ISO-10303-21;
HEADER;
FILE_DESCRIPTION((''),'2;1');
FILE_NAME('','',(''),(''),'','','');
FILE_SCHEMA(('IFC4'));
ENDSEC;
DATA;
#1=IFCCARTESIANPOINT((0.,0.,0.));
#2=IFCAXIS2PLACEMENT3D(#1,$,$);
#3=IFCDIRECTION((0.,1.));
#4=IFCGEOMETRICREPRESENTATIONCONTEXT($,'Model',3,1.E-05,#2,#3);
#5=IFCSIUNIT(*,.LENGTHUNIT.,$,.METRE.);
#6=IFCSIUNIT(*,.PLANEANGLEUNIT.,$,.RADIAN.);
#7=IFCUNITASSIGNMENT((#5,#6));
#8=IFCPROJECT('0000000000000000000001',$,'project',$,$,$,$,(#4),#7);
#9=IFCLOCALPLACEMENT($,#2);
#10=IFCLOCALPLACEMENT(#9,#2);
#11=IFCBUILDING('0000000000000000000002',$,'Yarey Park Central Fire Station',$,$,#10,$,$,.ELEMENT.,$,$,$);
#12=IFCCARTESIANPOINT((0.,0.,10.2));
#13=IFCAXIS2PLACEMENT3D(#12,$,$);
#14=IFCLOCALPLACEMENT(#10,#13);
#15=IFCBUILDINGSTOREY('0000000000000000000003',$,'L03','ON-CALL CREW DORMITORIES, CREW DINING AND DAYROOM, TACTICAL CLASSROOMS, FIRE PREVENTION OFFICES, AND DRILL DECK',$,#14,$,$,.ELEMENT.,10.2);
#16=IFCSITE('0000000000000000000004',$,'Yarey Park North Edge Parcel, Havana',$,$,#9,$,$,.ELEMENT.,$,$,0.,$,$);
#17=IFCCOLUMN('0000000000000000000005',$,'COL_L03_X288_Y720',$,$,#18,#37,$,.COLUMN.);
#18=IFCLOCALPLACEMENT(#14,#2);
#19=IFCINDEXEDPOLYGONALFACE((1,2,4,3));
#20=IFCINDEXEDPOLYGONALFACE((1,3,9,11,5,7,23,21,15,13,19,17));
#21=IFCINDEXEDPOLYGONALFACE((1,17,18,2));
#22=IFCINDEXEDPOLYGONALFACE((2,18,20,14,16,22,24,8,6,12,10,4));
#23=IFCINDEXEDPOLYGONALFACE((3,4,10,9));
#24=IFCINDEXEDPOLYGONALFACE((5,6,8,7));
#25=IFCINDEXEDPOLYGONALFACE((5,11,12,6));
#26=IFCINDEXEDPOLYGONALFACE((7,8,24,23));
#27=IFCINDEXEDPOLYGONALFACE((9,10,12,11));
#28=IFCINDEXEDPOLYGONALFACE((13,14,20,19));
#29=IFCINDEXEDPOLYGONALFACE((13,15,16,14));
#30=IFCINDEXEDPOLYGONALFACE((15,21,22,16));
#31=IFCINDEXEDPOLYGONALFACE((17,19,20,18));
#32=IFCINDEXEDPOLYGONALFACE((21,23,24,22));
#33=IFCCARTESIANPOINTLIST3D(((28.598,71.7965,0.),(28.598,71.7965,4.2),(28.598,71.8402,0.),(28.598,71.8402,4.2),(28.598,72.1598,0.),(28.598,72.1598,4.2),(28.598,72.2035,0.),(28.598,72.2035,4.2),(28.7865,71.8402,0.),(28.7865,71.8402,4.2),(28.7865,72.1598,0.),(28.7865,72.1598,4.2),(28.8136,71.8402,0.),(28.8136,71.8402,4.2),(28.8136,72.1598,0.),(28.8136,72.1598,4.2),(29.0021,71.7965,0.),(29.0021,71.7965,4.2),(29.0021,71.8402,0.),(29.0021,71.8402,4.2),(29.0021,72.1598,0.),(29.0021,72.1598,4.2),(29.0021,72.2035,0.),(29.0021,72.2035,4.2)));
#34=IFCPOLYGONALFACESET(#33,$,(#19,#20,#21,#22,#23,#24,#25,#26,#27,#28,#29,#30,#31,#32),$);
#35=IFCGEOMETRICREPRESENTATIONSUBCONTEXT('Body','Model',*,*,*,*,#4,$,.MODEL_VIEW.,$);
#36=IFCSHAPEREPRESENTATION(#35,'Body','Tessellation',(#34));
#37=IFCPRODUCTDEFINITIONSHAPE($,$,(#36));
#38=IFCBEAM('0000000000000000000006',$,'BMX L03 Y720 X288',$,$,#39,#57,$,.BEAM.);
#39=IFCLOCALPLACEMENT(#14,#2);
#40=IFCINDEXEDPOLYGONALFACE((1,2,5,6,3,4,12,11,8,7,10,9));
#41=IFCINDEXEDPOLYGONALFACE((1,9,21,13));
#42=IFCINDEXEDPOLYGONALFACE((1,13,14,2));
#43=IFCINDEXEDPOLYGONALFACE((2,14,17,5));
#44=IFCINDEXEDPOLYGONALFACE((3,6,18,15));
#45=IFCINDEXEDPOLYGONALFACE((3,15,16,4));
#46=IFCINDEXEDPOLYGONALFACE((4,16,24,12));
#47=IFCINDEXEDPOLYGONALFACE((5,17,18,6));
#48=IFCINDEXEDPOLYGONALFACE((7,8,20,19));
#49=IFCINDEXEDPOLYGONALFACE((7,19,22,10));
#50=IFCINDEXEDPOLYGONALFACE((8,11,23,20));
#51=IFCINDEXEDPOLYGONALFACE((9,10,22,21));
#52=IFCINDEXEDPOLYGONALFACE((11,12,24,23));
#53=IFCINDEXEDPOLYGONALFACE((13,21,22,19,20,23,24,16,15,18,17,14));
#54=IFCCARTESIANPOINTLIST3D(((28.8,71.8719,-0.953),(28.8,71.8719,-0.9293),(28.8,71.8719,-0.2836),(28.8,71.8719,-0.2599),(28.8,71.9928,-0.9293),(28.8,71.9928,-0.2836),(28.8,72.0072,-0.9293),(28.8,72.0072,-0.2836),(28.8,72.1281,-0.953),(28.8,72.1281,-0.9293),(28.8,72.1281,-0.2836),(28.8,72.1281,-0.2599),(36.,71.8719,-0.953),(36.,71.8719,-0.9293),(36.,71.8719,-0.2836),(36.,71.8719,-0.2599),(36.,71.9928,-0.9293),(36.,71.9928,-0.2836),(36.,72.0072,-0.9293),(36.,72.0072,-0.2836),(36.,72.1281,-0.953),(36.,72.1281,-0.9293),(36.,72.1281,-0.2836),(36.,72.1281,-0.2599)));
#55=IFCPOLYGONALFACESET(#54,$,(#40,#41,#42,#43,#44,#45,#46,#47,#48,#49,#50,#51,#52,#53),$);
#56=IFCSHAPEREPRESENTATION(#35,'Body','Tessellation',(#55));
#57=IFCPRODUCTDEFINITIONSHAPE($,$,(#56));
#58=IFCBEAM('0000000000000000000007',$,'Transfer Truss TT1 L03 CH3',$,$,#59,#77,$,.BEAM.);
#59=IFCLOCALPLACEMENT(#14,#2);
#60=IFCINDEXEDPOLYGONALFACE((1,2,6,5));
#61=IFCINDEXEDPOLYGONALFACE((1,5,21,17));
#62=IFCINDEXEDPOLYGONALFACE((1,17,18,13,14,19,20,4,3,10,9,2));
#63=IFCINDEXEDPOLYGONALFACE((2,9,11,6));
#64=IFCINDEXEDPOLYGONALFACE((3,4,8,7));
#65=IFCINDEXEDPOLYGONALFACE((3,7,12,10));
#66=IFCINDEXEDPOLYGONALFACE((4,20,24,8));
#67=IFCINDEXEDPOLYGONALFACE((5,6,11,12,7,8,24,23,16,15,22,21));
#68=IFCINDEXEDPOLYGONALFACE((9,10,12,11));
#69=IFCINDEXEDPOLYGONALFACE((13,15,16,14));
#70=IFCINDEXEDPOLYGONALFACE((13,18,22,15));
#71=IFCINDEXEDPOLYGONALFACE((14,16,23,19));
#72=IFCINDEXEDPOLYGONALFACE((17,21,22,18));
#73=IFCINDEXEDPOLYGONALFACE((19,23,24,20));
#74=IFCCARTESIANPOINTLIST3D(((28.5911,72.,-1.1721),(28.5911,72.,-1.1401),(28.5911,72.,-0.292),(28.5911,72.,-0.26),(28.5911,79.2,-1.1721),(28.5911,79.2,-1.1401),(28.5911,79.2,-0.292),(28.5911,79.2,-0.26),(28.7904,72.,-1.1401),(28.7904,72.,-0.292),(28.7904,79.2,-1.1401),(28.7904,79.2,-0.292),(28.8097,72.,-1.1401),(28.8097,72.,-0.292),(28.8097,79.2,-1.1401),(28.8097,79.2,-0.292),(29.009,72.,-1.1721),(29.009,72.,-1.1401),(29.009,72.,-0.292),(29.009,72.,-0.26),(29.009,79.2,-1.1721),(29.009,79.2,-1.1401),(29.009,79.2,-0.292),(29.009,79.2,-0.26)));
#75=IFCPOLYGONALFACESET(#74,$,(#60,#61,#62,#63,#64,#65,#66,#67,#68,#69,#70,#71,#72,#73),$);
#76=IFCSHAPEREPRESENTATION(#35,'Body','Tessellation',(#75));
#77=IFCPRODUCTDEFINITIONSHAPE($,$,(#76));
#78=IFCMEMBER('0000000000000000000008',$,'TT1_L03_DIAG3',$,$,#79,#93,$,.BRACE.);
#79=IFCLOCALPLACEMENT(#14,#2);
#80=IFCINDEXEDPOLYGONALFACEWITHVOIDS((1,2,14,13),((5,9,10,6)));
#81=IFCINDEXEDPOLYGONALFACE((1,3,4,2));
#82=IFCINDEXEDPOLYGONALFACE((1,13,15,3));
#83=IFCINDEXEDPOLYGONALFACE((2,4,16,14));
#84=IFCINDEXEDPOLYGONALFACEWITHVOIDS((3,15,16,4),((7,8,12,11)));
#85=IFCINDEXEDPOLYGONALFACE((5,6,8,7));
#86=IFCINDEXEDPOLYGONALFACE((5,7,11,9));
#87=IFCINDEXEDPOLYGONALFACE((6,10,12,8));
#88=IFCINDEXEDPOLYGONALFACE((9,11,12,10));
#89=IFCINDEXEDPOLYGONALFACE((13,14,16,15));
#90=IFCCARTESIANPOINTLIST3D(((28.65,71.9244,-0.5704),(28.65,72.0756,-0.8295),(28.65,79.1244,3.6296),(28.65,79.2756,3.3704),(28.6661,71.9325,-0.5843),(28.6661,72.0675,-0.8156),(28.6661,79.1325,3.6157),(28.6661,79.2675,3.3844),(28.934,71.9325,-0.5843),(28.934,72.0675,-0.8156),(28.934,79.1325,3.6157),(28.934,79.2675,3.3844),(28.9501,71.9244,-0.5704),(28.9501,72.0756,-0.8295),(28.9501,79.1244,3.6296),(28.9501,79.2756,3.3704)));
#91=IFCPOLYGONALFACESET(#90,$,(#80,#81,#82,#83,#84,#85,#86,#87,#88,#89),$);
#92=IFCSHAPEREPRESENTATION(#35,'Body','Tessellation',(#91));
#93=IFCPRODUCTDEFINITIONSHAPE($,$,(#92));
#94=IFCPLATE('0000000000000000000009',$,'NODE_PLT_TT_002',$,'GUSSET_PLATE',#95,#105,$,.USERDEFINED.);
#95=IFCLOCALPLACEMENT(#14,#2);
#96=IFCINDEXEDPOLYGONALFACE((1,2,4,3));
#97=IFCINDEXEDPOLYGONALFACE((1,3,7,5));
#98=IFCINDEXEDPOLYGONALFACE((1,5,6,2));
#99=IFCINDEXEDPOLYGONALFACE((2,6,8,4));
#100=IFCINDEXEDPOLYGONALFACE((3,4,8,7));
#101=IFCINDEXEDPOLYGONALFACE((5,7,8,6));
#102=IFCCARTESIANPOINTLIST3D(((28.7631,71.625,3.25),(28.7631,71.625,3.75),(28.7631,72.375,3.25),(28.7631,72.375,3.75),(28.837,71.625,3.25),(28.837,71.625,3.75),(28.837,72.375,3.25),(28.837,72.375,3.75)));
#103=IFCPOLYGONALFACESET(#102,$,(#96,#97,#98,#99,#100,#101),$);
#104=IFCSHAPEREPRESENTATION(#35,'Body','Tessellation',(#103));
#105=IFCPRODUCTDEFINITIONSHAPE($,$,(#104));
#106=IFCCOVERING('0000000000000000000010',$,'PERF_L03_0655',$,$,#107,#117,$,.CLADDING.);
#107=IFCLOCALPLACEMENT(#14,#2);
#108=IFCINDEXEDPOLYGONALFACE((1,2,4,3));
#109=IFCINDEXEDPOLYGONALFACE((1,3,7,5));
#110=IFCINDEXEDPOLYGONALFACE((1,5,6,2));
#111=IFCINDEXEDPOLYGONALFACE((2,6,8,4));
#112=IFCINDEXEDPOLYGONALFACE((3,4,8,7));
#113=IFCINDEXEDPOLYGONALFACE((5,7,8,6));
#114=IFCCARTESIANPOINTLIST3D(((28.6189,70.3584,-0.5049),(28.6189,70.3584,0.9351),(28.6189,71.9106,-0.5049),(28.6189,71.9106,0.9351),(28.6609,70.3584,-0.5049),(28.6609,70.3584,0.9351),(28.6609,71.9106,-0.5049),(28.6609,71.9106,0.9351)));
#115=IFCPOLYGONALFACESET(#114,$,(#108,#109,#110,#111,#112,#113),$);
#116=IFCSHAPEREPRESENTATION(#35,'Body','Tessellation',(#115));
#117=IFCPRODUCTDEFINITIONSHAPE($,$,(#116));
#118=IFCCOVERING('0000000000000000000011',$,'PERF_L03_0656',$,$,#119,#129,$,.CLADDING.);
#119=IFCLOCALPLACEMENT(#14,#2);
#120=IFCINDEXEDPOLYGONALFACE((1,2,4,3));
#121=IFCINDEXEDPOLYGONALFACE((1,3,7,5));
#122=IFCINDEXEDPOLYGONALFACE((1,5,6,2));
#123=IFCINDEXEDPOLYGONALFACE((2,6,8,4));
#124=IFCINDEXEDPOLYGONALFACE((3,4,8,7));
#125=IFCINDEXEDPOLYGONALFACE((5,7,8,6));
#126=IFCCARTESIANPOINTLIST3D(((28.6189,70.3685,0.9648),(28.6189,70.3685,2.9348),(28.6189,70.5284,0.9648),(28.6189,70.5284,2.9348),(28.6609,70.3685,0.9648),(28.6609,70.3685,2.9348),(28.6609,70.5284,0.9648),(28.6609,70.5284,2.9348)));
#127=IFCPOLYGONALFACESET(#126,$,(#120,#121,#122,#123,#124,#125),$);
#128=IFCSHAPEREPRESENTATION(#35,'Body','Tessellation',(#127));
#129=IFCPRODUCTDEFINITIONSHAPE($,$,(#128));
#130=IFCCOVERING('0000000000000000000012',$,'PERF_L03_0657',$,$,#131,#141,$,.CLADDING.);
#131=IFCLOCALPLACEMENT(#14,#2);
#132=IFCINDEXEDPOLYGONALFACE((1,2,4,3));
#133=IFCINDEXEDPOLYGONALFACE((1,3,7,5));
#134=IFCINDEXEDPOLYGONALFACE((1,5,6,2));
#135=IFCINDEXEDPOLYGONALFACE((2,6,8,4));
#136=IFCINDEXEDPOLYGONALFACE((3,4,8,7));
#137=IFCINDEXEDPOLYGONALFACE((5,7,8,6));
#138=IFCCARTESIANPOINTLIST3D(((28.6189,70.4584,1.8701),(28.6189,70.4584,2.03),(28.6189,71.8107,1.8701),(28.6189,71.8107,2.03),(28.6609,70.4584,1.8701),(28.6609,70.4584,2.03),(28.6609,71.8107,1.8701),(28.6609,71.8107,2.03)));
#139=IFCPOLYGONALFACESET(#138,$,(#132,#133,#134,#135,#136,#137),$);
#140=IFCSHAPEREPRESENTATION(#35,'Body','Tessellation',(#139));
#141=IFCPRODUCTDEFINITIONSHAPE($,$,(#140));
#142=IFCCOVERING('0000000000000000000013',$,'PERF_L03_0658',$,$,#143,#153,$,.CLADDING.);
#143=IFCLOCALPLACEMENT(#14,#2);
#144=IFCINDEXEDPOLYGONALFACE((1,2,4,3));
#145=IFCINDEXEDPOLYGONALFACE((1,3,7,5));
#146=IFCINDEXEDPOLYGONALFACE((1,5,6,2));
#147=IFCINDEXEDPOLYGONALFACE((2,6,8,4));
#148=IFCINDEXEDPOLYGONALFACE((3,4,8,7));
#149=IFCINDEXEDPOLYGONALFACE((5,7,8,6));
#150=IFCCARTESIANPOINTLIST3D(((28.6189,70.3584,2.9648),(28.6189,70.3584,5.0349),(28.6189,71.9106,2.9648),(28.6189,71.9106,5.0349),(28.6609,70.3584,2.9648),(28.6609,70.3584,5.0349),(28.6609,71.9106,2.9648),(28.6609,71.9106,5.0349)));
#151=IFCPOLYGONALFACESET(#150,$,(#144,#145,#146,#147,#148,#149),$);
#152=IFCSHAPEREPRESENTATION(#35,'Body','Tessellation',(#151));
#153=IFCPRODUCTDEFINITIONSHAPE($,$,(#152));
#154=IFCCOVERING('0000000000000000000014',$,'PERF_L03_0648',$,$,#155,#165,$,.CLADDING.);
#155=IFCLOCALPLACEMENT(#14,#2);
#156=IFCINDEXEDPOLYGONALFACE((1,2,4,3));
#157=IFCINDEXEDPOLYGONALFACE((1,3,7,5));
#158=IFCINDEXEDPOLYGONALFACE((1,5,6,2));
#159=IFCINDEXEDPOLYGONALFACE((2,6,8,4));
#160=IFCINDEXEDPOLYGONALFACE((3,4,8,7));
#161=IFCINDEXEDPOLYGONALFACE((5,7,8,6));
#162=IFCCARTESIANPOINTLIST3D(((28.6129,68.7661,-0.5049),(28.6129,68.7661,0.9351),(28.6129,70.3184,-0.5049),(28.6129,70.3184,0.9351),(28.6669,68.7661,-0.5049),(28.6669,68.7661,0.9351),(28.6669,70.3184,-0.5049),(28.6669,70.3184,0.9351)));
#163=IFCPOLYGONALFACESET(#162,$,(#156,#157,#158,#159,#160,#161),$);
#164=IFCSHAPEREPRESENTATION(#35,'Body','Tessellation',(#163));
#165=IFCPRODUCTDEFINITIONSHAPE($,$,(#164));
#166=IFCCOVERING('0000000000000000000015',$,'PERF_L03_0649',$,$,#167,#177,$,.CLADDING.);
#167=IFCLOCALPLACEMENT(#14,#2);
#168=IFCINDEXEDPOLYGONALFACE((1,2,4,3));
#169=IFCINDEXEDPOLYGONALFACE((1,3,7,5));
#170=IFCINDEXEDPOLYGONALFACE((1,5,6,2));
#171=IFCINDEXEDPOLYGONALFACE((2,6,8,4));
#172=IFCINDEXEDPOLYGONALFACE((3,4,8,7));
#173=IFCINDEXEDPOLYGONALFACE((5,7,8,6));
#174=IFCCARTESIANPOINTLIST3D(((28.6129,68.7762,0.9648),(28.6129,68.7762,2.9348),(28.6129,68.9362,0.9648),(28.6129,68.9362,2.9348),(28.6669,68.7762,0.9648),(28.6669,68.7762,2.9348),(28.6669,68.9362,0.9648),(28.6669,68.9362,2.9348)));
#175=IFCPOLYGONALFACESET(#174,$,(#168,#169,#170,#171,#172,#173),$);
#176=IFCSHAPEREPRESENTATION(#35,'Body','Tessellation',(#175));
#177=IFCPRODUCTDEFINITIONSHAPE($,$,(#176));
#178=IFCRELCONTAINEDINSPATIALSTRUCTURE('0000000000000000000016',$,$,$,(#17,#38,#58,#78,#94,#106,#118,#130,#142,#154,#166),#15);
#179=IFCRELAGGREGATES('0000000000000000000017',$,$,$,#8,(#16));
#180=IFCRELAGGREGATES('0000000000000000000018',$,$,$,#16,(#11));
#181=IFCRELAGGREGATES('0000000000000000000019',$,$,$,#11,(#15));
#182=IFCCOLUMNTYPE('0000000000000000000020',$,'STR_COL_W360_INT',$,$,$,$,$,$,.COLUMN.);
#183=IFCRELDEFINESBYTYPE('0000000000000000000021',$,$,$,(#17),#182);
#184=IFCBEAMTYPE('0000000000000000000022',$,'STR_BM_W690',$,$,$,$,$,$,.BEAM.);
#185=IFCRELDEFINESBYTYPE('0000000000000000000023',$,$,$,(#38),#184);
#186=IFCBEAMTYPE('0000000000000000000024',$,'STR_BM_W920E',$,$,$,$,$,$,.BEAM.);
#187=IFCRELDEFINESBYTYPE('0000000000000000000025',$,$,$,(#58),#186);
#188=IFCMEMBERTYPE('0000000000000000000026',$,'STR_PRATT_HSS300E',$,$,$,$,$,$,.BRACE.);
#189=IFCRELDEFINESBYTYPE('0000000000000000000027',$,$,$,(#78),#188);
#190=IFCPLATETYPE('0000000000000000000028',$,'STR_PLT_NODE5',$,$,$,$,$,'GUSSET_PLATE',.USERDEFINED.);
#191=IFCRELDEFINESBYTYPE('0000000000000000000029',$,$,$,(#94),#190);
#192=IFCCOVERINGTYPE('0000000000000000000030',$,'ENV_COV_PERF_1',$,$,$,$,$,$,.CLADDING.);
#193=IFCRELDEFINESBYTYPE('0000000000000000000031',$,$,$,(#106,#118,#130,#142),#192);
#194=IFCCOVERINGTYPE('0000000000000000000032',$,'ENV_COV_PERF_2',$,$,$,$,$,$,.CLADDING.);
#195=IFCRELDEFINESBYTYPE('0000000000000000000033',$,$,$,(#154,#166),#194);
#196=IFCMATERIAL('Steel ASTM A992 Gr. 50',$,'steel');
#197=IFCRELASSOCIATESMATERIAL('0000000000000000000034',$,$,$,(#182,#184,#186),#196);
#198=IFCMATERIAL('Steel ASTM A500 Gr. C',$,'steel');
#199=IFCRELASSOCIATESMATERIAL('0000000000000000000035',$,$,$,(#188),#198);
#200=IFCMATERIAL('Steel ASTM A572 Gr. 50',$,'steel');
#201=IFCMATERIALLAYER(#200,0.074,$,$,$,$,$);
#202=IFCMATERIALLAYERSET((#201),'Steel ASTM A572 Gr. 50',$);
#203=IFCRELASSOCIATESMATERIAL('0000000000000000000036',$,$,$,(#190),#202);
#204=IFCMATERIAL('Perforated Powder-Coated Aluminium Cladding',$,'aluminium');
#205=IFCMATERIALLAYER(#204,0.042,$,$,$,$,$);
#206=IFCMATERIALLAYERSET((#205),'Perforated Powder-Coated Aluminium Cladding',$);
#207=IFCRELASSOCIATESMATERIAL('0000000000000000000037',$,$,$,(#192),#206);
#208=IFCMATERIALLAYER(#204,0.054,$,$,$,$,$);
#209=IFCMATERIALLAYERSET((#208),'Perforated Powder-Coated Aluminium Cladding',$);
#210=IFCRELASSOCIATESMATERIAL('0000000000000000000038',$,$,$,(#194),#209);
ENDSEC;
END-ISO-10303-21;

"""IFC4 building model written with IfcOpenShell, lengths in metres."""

from ifc_helpers import new_model, si_unit, direction, frame, origin, origin_2d, place, context, subcontext, project, spatial, rectangle, hollow_rectangle, i_section, extrude, material, layer, layer_set, material_profile, profile_set, type_object, element, save


model = new_model("IFC4")

# Units and contexts
model_context = context("Model", 3, precision=1e-05, world=origin(), true_north=direction((0.0, 1.0)))
body_context = subcontext(model_context, "Body", "Model", "MODEL_VIEW")
ifc_project = project(units=[si_unit("LENGTHUNIT", "METRE"), si_unit("PLANEANGLEUNIT", "RADIAN")], contexts=[model_context])

# Site, building, storey
site_placement = place(None, origin())
site = spatial("IfcSite", under=ifc_project, at=site_placement, Name="Yarey Park North Edge Parcel, Havana", CompositionType="ELEMENT", RefElevation=0.0)
building_placement = place(site_placement, origin())
building = spatial("IfcBuilding", under=site, at=building_placement, Name="Yarey Park Central Fire Station", CompositionType="ELEMENT")
storey_placement = place(building_placement, frame((0.0, 0.0, 10.2)))
storey = spatial("IfcBuildingStorey", under=building, at=storey_placement, Name="L03", Description="ON-CALL CREW DORMITORIES, CREW DINING AND DAYROOM, TACTICAL CLASSROOMS, FIRE PREVENTION OFFICES, AND DRILL DECK", CompositionType="ELEMENT", Elevation=10.2)

# Column
ifc_material_1 = material(Name="Steel ASTM A992 Gr. 50", Category="steel")
ifc_material_profile_1 = material_profile(ifc_material_1, i_section(OverallWidth=0.4041, OverallDepth=0.407, WebThickness=0.0271, FlangeThickness=0.0437, at=origin_2d()), Name="W360x347")
ifc_profile_set_1 = profile_set([ifc_material_profile_1], Name="Steel ASTM A992 Gr. 50")
column_type = type_object("IfcColumnType", Name="STR_COL_W360_INT", PredefinedType="COLUMN", material=ifc_profile_set_1)
column_placement = place(storey_placement, frame((28.8, 72.0, 0.0), z_axis=(0.0, 0.0, 1.0), x_axis=(1.0, 0.0, 0.0)))
element("IfcColumn", 1, at=column_placement, inside=storey, type_object=column_type, Name="COL_L03_X288_Y720", PredefinedType="COLUMN", context=body_context, shape_type="SweptSolid", body=[
    extrude(i_section(OverallWidth=0.4041, OverallDepth=0.407, WebThickness=0.0271, FlangeThickness=0.0437, at=origin_2d()), origin(), (0.0, 0.0, 1.0), 4.2),
])

# Beams
ifc_material_profile_2 = material_profile(ifc_material_1, i_section(OverallWidth=0.2561, OverallDepth=0.6931, WebThickness=0.0144, FlangeThickness=0.0237, at=origin_2d()), Name="W690x170")
ifc_profile_set_2 = profile_set([ifc_material_profile_2], Name="Steel ASTM A992 Gr. 50")
beam_type_1 = type_object("IfcBeamType", Name="STR_BM_W690", PredefinedType="BEAM", material=ifc_profile_set_2)
beam_1_placement = place(storey_placement, frame((28.8, 72.0, -0.6064), z_axis=(1.0, 0.0, 0.0), x_axis=(0.0, 1.0, 0.0)))
element("IfcBeam", 2, at=beam_1_placement, inside=storey, type_object=beam_type_1, Name="BMX L03 Y720 X288", PredefinedType="BEAM", context=body_context, shape_type="SweptSolid", body=[
    extrude(i_section(OverallWidth=0.2561, OverallDepth=0.6931, WebThickness=0.0144, FlangeThickness=0.0237, at=origin_2d()), origin(), (0.0, 0.0, 1.0), 7.2),
])
ifc_material_profile_3 = material_profile(ifc_material_1, i_section(OverallWidth=0.418, OverallDepth=0.9121, WebThickness=0.0193, FlangeThickness=0.032, at=origin_2d()), Name="W920x342")
ifc_profile_set_3 = profile_set([ifc_material_profile_3], Name="Steel ASTM A992 Gr. 50")
beam_type_2 = type_object("IfcBeamType", Name="STR_BM_W920E", PredefinedType="BEAM", material=ifc_profile_set_3)
beam_2_placement = place(storey_placement, frame((28.8, 72.0, -0.7161), z_axis=(0.0, 1.0, 0.0), x_axis=(-1.0, 0.0, 0.0)))
element("IfcBeam", 3, at=beam_2_placement, inside=storey, type_object=beam_type_2, Name="Transfer Truss TT1 L03 CH3", PredefinedType="BEAM", context=body_context, shape_type="SweptSolid", body=[
    extrude(i_section(OverallWidth=0.418, OverallDepth=0.9121, WebThickness=0.0193, FlangeThickness=0.032, at=origin_2d()), origin(), (0.0, 0.0, 1.0), 7.2),
])

# Member
ifc_material_2 = material(Name="Steel ASTM A500 Gr. C", Category="steel")
ifc_material_profile_4 = material_profile(ifc_material_2, hollow_rectangle(XDim=0.3, YDim=0.3, WallThickness=0.0161, at=origin_2d()), Name="HSS 300x300x16")
ifc_profile_set_4 = profile_set([ifc_material_profile_4], Name="Steel ASTM A500 Gr. C")
member_type = type_object("IfcMemberType", Name="STR_PRATT_HSS300E", PredefinedType="BRACE", material=ifc_profile_set_4)
member_placement = place(storey_placement, frame((28.8, 72.0, -0.7), z_axis=(0.0, 0.86378, 0.503869), x_axis=(-1.0, 0.0, 0.0)))
element("IfcMember", 4, at=member_placement, inside=storey, type_object=member_type, Name="TT1_L03_DIAG3", PredefinedType="BRACE", context=body_context, shape_type="SweptSolid", body=[
    extrude(hollow_rectangle(XDim=0.3, YDim=0.3, WallThickness=0.0161, at=origin_2d()), origin(), (0.0, 0.0, 1.0), 8.3354),
])

# Plate
ifc_material_3 = material(Name="Steel ASTM A572 Gr. 50", Category="steel")
ifc_layer_1 = layer(ifc_material_3, 0.074)
ifc_layer_set_1 = layer_set([ifc_layer_1], Name="Steel ASTM A572 Gr. 50")
plate_type = type_object("IfcPlateType", Name="STR_PLT_NODE5", ElementType="GUSSET_PLATE", PredefinedType="USERDEFINED", material=ifc_layer_set_1)
plate_placement = place(storey_placement, frame((28.8, 72.0, 3.25), z_axis=(0.0, 0.0, 1.0), x_axis=(1.0, 0.0, 0.0)))
element("IfcPlate", 5, at=plate_placement, inside=storey, type_object=plate_type, Name="NODE_PLT_TT_002", ObjectType="GUSSET_PLATE", PredefinedType="USERDEFINED", context=body_context, shape_type="SweptSolid", body=[
    extrude(rectangle(XDim=0.074, YDim=0.75, at=origin_2d()), origin(), (0.0, 0.0, 1.0), 0.5),
])

# Coverings
ifc_material_4 = material(Name="Perforated Powder-Coated Aluminium Cladding", Category="aluminium")
ifc_layer_2 = layer(ifc_material_4, 0.042)
ifc_layer_set_2 = layer_set([ifc_layer_2], Name="Perforated Powder-Coated Aluminium Cladding")
covering_type_1 = type_object("IfcCoveringType", Name="ENV_COV_PERF_1", PredefinedType="CLADDING", material=ifc_layer_set_2)
covering_1_placement = place(storey_placement, frame((28.6399, 71.1345, -0.5049), z_axis=(0.0, 0.0, 1.0), x_axis=(0.0, 1.0, 0.0)))
element("IfcCovering", 6, at=covering_1_placement, inside=storey, type_object=covering_type_1, Name="PERF_L03_0655", PredefinedType="CLADDING", context=body_context, shape_type="SweptSolid", body=[
    extrude(rectangle(XDim=1.5522, YDim=0.042, at=origin_2d()), origin(), (0.0, 0.0, 1.0), 1.4399),
])
covering_2_placement = place(storey_placement, frame((28.6399, 70.4485, 0.9648), z_axis=(0.0, 0.0, 1.0), x_axis=(0.0, 1.0, 0.0)))
element("IfcCovering", 7, at=covering_2_placement, inside=storey, type_object=covering_type_1, Name="PERF_L03_0656", PredefinedType="CLADDING", context=body_context, shape_type="SweptSolid", body=[
    extrude(rectangle(XDim=0.1599, YDim=0.042, at=origin_2d()), origin(), (0.0, 0.0, 1.0), 1.97),
])
covering_3_placement = place(storey_placement, frame((28.6399, 71.1345, 1.8701), z_axis=(0.0, 0.0, 1.0), x_axis=(0.0, 1.0, 0.0)))
element("IfcCovering", 8, at=covering_3_placement, inside=storey, type_object=covering_type_1, Name="PERF_L03_0657", PredefinedType="CLADDING", context=body_context, shape_type="SweptSolid", body=[
    extrude(rectangle(XDim=1.3523, YDim=0.042, at=origin_2d()), origin(), (0.0, 0.0, 1.0), 0.1599),
])
covering_4_placement = place(storey_placement, frame((28.6399, 71.1345, 2.9648), z_axis=(0.0, 0.0, 1.0), x_axis=(0.0, 1.0, 0.0)))
element("IfcCovering", 9, at=covering_4_placement, inside=storey, type_object=covering_type_1, Name="PERF_L03_0658", PredefinedType="CLADDING", context=body_context, shape_type="SweptSolid", body=[
    extrude(rectangle(XDim=1.5522, YDim=0.042, at=origin_2d()), origin(), (0.0, 0.0, 1.0), 2.0701),
])
ifc_layer_3 = layer(ifc_material_4, 0.054)
ifc_layer_set_3 = layer_set([ifc_layer_3], Name="Perforated Powder-Coated Aluminium Cladding")
covering_type_2 = type_object("IfcCoveringType", Name="ENV_COV_PERF_2", PredefinedType="CLADDING", material=ifc_layer_set_3)
covering_5_placement = place(storey_placement, frame((28.6399, 69.5422, -0.5049), z_axis=(0.0, 0.0, 1.0), x_axis=(0.0, 1.0, 0.0)))
element("IfcCovering", 10, at=covering_5_placement, inside=storey, type_object=covering_type_2, Name="PERF_L03_0648", PredefinedType="CLADDING", context=body_context, shape_type="SweptSolid", body=[
    extrude(rectangle(XDim=1.5522, YDim=0.054, at=origin_2d()), origin(), (0.0, 0.0, 1.0), 1.4399),
])
covering_6_placement = place(storey_placement, frame((28.6399, 68.8562, 0.9648), z_axis=(0.0, 0.0, 1.0), x_axis=(0.0, 1.0, 0.0)))
element("IfcCovering", 11, at=covering_6_placement, inside=storey, type_object=covering_type_2, Name="PERF_L03_0649", PredefinedType="CLADDING", context=body_context, shape_type="SweptSolid", body=[
    extrude(rectangle(XDim=0.1599, YDim=0.054, at=origin_2d()), origin(), (0.0, 0.0, 1.0), 1.97),
])

save(model, "model.ifc")
